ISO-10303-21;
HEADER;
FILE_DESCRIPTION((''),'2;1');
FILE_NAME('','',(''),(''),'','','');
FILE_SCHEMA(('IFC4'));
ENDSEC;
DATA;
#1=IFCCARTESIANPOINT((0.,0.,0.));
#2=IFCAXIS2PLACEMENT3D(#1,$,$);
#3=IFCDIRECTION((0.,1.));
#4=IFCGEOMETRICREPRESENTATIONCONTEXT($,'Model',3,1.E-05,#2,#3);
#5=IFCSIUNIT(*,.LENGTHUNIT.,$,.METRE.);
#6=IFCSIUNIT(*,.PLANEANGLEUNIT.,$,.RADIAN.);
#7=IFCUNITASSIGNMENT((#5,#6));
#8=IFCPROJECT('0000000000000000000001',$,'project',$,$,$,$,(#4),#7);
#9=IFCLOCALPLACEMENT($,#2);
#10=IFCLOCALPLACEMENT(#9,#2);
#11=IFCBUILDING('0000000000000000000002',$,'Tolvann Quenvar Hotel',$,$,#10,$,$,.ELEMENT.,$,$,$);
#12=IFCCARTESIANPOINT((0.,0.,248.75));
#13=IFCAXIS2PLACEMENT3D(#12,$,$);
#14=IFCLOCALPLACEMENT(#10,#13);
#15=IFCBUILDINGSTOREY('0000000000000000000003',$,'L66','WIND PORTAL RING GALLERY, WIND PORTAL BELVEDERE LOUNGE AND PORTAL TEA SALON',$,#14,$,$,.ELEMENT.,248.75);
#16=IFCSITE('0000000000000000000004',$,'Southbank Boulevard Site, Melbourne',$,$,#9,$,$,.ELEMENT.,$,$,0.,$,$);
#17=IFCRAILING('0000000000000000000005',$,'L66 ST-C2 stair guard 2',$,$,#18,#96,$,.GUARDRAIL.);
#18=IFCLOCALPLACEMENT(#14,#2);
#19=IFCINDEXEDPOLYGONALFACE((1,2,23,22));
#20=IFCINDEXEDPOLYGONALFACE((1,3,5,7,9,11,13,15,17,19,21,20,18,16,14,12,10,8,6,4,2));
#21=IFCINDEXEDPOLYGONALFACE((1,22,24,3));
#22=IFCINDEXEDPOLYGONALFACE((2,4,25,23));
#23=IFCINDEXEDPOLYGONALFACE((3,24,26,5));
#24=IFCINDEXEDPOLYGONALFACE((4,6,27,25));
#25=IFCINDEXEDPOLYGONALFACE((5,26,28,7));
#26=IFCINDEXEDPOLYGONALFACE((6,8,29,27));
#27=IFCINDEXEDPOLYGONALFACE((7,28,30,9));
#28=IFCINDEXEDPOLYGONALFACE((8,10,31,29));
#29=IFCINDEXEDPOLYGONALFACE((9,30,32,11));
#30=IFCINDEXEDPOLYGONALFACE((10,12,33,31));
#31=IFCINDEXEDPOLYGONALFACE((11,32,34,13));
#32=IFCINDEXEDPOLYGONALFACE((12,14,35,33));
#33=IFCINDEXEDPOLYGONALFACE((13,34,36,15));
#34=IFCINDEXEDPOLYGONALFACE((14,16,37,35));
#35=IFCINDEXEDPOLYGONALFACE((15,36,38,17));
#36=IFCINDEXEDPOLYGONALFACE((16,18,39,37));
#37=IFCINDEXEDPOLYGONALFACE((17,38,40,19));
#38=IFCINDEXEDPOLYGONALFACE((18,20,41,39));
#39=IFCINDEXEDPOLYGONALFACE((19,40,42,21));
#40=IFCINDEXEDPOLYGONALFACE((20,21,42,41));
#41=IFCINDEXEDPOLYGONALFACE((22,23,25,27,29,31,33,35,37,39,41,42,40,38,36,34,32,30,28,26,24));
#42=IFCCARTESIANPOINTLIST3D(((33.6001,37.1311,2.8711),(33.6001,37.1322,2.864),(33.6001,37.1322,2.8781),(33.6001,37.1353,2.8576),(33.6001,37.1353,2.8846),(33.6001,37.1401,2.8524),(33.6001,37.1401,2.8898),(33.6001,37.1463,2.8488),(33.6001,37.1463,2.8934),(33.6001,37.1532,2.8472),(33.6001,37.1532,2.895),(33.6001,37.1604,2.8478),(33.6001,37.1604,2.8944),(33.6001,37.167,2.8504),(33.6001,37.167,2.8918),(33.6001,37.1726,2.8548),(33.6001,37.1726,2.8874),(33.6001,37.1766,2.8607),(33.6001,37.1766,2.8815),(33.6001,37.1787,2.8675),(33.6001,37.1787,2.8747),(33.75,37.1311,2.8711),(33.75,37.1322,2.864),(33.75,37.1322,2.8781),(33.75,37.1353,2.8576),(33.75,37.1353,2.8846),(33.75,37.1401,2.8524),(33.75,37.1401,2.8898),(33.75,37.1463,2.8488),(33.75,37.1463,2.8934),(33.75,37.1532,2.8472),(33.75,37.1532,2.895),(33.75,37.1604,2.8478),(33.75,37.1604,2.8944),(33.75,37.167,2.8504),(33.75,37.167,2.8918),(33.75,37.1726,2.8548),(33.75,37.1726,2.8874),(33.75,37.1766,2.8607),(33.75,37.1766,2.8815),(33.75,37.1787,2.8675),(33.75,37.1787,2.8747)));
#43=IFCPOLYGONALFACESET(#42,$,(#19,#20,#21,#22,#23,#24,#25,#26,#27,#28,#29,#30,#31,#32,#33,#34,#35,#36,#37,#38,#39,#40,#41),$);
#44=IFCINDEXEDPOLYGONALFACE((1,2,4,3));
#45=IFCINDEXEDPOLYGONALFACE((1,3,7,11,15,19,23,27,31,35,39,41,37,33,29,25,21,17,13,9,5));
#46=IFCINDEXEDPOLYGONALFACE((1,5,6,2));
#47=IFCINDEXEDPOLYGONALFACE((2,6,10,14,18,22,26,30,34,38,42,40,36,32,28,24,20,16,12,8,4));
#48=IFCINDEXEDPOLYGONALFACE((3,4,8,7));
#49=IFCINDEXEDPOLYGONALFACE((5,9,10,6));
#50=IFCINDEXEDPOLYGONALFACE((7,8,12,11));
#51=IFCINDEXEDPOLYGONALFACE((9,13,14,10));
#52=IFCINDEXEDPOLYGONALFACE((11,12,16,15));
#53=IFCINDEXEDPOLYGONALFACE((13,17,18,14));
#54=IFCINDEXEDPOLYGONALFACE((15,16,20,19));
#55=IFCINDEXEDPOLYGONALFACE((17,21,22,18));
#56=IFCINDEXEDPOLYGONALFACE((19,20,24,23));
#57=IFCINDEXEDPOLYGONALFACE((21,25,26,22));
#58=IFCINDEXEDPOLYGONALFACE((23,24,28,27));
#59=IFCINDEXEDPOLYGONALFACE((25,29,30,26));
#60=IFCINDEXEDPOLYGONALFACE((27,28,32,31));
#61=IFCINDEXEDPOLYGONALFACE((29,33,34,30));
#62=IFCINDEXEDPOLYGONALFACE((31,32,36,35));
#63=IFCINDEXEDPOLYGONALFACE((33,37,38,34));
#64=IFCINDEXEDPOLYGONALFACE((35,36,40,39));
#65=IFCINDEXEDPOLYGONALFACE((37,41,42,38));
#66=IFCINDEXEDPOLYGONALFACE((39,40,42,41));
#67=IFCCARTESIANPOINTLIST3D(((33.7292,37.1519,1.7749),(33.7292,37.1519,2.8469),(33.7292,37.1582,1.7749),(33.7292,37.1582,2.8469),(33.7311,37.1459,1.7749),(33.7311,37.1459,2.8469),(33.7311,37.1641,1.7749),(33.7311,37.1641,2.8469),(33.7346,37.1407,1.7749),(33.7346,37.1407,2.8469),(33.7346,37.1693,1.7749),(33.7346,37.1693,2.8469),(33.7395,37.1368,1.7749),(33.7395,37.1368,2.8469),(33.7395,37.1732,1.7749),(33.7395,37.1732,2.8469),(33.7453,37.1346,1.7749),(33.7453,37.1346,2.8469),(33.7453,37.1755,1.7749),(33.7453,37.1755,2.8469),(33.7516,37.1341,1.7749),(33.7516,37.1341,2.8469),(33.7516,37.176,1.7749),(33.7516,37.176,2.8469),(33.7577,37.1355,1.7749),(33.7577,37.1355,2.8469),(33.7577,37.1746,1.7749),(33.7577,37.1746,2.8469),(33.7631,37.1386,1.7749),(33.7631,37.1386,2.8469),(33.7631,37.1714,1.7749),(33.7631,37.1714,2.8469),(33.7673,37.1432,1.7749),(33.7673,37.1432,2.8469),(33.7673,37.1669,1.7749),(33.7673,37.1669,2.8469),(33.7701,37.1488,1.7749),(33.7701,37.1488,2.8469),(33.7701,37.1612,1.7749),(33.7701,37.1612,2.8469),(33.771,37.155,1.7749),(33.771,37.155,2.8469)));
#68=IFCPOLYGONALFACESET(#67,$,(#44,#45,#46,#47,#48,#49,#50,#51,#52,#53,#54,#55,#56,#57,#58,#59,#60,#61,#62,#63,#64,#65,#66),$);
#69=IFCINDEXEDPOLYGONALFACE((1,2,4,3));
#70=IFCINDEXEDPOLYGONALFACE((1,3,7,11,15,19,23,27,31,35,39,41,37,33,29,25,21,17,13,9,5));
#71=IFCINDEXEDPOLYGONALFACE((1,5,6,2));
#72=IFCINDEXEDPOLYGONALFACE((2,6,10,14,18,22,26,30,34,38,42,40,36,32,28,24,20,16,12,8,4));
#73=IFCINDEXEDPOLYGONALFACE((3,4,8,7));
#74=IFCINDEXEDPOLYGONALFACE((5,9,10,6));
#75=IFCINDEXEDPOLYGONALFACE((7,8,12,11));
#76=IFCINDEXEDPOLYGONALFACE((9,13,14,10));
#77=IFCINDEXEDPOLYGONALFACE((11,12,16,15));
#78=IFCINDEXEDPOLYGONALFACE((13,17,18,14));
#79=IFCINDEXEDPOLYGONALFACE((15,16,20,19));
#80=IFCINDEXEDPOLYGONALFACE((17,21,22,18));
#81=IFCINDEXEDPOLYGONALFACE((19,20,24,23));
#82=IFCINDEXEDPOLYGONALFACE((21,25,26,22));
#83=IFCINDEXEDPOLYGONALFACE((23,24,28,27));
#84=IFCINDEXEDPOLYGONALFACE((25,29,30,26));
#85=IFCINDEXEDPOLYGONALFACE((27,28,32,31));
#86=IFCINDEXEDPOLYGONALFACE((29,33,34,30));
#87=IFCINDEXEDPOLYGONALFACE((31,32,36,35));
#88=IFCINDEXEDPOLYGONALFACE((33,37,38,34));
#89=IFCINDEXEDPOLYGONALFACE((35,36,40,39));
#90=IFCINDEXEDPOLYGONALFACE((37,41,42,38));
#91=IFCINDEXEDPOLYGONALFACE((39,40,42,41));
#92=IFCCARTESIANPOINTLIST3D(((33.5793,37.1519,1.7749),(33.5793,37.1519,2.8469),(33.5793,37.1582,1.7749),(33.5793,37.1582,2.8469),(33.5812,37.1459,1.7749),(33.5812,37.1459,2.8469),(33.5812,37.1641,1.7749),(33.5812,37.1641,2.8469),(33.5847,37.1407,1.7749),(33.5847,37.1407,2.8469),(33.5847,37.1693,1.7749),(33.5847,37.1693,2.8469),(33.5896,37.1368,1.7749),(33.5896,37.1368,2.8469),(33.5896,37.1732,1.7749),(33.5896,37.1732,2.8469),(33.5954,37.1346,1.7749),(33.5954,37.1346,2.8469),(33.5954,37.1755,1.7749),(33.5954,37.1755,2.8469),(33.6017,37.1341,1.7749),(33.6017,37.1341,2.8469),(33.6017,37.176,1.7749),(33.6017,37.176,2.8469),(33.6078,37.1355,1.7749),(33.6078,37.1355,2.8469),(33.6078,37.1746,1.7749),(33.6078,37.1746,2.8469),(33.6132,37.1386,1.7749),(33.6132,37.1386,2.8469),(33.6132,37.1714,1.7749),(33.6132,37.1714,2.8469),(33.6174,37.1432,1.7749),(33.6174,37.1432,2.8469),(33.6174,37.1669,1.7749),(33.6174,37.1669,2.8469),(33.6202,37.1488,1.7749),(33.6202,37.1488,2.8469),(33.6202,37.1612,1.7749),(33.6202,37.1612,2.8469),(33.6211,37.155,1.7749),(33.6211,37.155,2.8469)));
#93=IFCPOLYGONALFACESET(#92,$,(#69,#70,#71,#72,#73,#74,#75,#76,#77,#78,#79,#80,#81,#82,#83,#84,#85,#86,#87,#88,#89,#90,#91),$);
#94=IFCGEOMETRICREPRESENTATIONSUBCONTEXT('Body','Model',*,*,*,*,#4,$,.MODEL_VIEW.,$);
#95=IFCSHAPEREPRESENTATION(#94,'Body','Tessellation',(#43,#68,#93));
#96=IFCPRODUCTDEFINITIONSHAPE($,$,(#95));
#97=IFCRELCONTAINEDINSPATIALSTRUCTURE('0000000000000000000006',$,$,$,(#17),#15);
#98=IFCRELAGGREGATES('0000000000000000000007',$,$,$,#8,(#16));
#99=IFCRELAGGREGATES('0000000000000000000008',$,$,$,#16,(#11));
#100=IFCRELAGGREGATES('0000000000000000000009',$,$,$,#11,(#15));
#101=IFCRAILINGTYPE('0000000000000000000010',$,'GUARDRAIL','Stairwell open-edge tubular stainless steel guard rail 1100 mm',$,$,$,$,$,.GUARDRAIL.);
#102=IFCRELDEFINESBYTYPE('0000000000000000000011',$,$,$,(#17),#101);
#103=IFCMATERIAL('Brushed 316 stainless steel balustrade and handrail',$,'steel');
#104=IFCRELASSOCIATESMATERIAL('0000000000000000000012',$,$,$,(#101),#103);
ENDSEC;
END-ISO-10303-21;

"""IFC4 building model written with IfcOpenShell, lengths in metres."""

from ifc_helpers import new_model, si_unit, direction, frame, origin, origin_2d, place, context, subcontext, project, spatial, circle, extrude, material, type_object, element, save


model = new_model("IFC4")

# Units and contexts
model_context = context("Model", 3, precision=1e-05, world=origin(), true_north=direction((0.0, 1.0)))
body_context = subcontext(model_context, "Body", "Model", "MODEL_VIEW")
ifc_project = project(units=[si_unit("LENGTHUNIT", "METRE"), si_unit("PLANEANGLEUNIT", "RADIAN")], contexts=[model_context])

# Site, building, storey
site_placement = place(None, origin())
site = spatial("IfcSite", under=ifc_project, at=site_placement, Name="Southbank Boulevard Site, Melbourne", CompositionType="ELEMENT", RefElevation=0.0)
building_placement = place(site_placement, origin())
building = spatial("IfcBuilding", under=site, at=building_placement, Name="Tolvann Quenvar Hotel", CompositionType="ELEMENT")
storey_placement = place(building_placement, frame((0.0, 0.0, 248.75)))
storey = spatial("IfcBuildingStorey", under=building, at=storey_placement, Name="L66", Description="WIND PORTAL RING GALLERY, WIND PORTAL BELVEDERE LOUNGE AND PORTAL TEA SALON", CompositionType="ELEMENT", Elevation=248.75)

# Railing
ifc_material_1 = material(Name="Brushed 316 stainless steel balustrade and handrail", Category="steel")
railing_type_1 = type_object("IfcRailingType", Name="GUARDRAIL", Description="Stairwell open-edge tubular stainless steel guard rail 1100 mm", PredefinedType="GUARDRAIL", material=ifc_material_1)
railing_1_placement = place(storey_placement, frame((33.75, 37.155, 1.7749)))
element("IfcRailing", 1, at=railing_1_placement, inside=storey, type_object=railing_type_1, Name="L66 ST-C2 stair guard 2", PredefinedType="GUARDRAIL", context=body_context, shape_type="SweptSolid", body=[
    extrude(circle(Radius=0.0239, at=origin_2d()), frame((0.0, 0.0, 1.0962), z_axis=(-1.0, 0.0, 0.0), x_axis=(0.0, -1.0, 0.0)), (0.0, 0.0, 1.0), 0.1499),
    extrude(circle(Radius=0.021, at=origin_2d()), origin(), (0.0, 0.0, 1.0), 1.072),
    extrude(circle(Radius=0.021, at=origin_2d()), frame((-0.1499, 0.0, 0.0)), (0.0, 0.0, 1.0), 1.072),
])

save(model, "model.ifc")
